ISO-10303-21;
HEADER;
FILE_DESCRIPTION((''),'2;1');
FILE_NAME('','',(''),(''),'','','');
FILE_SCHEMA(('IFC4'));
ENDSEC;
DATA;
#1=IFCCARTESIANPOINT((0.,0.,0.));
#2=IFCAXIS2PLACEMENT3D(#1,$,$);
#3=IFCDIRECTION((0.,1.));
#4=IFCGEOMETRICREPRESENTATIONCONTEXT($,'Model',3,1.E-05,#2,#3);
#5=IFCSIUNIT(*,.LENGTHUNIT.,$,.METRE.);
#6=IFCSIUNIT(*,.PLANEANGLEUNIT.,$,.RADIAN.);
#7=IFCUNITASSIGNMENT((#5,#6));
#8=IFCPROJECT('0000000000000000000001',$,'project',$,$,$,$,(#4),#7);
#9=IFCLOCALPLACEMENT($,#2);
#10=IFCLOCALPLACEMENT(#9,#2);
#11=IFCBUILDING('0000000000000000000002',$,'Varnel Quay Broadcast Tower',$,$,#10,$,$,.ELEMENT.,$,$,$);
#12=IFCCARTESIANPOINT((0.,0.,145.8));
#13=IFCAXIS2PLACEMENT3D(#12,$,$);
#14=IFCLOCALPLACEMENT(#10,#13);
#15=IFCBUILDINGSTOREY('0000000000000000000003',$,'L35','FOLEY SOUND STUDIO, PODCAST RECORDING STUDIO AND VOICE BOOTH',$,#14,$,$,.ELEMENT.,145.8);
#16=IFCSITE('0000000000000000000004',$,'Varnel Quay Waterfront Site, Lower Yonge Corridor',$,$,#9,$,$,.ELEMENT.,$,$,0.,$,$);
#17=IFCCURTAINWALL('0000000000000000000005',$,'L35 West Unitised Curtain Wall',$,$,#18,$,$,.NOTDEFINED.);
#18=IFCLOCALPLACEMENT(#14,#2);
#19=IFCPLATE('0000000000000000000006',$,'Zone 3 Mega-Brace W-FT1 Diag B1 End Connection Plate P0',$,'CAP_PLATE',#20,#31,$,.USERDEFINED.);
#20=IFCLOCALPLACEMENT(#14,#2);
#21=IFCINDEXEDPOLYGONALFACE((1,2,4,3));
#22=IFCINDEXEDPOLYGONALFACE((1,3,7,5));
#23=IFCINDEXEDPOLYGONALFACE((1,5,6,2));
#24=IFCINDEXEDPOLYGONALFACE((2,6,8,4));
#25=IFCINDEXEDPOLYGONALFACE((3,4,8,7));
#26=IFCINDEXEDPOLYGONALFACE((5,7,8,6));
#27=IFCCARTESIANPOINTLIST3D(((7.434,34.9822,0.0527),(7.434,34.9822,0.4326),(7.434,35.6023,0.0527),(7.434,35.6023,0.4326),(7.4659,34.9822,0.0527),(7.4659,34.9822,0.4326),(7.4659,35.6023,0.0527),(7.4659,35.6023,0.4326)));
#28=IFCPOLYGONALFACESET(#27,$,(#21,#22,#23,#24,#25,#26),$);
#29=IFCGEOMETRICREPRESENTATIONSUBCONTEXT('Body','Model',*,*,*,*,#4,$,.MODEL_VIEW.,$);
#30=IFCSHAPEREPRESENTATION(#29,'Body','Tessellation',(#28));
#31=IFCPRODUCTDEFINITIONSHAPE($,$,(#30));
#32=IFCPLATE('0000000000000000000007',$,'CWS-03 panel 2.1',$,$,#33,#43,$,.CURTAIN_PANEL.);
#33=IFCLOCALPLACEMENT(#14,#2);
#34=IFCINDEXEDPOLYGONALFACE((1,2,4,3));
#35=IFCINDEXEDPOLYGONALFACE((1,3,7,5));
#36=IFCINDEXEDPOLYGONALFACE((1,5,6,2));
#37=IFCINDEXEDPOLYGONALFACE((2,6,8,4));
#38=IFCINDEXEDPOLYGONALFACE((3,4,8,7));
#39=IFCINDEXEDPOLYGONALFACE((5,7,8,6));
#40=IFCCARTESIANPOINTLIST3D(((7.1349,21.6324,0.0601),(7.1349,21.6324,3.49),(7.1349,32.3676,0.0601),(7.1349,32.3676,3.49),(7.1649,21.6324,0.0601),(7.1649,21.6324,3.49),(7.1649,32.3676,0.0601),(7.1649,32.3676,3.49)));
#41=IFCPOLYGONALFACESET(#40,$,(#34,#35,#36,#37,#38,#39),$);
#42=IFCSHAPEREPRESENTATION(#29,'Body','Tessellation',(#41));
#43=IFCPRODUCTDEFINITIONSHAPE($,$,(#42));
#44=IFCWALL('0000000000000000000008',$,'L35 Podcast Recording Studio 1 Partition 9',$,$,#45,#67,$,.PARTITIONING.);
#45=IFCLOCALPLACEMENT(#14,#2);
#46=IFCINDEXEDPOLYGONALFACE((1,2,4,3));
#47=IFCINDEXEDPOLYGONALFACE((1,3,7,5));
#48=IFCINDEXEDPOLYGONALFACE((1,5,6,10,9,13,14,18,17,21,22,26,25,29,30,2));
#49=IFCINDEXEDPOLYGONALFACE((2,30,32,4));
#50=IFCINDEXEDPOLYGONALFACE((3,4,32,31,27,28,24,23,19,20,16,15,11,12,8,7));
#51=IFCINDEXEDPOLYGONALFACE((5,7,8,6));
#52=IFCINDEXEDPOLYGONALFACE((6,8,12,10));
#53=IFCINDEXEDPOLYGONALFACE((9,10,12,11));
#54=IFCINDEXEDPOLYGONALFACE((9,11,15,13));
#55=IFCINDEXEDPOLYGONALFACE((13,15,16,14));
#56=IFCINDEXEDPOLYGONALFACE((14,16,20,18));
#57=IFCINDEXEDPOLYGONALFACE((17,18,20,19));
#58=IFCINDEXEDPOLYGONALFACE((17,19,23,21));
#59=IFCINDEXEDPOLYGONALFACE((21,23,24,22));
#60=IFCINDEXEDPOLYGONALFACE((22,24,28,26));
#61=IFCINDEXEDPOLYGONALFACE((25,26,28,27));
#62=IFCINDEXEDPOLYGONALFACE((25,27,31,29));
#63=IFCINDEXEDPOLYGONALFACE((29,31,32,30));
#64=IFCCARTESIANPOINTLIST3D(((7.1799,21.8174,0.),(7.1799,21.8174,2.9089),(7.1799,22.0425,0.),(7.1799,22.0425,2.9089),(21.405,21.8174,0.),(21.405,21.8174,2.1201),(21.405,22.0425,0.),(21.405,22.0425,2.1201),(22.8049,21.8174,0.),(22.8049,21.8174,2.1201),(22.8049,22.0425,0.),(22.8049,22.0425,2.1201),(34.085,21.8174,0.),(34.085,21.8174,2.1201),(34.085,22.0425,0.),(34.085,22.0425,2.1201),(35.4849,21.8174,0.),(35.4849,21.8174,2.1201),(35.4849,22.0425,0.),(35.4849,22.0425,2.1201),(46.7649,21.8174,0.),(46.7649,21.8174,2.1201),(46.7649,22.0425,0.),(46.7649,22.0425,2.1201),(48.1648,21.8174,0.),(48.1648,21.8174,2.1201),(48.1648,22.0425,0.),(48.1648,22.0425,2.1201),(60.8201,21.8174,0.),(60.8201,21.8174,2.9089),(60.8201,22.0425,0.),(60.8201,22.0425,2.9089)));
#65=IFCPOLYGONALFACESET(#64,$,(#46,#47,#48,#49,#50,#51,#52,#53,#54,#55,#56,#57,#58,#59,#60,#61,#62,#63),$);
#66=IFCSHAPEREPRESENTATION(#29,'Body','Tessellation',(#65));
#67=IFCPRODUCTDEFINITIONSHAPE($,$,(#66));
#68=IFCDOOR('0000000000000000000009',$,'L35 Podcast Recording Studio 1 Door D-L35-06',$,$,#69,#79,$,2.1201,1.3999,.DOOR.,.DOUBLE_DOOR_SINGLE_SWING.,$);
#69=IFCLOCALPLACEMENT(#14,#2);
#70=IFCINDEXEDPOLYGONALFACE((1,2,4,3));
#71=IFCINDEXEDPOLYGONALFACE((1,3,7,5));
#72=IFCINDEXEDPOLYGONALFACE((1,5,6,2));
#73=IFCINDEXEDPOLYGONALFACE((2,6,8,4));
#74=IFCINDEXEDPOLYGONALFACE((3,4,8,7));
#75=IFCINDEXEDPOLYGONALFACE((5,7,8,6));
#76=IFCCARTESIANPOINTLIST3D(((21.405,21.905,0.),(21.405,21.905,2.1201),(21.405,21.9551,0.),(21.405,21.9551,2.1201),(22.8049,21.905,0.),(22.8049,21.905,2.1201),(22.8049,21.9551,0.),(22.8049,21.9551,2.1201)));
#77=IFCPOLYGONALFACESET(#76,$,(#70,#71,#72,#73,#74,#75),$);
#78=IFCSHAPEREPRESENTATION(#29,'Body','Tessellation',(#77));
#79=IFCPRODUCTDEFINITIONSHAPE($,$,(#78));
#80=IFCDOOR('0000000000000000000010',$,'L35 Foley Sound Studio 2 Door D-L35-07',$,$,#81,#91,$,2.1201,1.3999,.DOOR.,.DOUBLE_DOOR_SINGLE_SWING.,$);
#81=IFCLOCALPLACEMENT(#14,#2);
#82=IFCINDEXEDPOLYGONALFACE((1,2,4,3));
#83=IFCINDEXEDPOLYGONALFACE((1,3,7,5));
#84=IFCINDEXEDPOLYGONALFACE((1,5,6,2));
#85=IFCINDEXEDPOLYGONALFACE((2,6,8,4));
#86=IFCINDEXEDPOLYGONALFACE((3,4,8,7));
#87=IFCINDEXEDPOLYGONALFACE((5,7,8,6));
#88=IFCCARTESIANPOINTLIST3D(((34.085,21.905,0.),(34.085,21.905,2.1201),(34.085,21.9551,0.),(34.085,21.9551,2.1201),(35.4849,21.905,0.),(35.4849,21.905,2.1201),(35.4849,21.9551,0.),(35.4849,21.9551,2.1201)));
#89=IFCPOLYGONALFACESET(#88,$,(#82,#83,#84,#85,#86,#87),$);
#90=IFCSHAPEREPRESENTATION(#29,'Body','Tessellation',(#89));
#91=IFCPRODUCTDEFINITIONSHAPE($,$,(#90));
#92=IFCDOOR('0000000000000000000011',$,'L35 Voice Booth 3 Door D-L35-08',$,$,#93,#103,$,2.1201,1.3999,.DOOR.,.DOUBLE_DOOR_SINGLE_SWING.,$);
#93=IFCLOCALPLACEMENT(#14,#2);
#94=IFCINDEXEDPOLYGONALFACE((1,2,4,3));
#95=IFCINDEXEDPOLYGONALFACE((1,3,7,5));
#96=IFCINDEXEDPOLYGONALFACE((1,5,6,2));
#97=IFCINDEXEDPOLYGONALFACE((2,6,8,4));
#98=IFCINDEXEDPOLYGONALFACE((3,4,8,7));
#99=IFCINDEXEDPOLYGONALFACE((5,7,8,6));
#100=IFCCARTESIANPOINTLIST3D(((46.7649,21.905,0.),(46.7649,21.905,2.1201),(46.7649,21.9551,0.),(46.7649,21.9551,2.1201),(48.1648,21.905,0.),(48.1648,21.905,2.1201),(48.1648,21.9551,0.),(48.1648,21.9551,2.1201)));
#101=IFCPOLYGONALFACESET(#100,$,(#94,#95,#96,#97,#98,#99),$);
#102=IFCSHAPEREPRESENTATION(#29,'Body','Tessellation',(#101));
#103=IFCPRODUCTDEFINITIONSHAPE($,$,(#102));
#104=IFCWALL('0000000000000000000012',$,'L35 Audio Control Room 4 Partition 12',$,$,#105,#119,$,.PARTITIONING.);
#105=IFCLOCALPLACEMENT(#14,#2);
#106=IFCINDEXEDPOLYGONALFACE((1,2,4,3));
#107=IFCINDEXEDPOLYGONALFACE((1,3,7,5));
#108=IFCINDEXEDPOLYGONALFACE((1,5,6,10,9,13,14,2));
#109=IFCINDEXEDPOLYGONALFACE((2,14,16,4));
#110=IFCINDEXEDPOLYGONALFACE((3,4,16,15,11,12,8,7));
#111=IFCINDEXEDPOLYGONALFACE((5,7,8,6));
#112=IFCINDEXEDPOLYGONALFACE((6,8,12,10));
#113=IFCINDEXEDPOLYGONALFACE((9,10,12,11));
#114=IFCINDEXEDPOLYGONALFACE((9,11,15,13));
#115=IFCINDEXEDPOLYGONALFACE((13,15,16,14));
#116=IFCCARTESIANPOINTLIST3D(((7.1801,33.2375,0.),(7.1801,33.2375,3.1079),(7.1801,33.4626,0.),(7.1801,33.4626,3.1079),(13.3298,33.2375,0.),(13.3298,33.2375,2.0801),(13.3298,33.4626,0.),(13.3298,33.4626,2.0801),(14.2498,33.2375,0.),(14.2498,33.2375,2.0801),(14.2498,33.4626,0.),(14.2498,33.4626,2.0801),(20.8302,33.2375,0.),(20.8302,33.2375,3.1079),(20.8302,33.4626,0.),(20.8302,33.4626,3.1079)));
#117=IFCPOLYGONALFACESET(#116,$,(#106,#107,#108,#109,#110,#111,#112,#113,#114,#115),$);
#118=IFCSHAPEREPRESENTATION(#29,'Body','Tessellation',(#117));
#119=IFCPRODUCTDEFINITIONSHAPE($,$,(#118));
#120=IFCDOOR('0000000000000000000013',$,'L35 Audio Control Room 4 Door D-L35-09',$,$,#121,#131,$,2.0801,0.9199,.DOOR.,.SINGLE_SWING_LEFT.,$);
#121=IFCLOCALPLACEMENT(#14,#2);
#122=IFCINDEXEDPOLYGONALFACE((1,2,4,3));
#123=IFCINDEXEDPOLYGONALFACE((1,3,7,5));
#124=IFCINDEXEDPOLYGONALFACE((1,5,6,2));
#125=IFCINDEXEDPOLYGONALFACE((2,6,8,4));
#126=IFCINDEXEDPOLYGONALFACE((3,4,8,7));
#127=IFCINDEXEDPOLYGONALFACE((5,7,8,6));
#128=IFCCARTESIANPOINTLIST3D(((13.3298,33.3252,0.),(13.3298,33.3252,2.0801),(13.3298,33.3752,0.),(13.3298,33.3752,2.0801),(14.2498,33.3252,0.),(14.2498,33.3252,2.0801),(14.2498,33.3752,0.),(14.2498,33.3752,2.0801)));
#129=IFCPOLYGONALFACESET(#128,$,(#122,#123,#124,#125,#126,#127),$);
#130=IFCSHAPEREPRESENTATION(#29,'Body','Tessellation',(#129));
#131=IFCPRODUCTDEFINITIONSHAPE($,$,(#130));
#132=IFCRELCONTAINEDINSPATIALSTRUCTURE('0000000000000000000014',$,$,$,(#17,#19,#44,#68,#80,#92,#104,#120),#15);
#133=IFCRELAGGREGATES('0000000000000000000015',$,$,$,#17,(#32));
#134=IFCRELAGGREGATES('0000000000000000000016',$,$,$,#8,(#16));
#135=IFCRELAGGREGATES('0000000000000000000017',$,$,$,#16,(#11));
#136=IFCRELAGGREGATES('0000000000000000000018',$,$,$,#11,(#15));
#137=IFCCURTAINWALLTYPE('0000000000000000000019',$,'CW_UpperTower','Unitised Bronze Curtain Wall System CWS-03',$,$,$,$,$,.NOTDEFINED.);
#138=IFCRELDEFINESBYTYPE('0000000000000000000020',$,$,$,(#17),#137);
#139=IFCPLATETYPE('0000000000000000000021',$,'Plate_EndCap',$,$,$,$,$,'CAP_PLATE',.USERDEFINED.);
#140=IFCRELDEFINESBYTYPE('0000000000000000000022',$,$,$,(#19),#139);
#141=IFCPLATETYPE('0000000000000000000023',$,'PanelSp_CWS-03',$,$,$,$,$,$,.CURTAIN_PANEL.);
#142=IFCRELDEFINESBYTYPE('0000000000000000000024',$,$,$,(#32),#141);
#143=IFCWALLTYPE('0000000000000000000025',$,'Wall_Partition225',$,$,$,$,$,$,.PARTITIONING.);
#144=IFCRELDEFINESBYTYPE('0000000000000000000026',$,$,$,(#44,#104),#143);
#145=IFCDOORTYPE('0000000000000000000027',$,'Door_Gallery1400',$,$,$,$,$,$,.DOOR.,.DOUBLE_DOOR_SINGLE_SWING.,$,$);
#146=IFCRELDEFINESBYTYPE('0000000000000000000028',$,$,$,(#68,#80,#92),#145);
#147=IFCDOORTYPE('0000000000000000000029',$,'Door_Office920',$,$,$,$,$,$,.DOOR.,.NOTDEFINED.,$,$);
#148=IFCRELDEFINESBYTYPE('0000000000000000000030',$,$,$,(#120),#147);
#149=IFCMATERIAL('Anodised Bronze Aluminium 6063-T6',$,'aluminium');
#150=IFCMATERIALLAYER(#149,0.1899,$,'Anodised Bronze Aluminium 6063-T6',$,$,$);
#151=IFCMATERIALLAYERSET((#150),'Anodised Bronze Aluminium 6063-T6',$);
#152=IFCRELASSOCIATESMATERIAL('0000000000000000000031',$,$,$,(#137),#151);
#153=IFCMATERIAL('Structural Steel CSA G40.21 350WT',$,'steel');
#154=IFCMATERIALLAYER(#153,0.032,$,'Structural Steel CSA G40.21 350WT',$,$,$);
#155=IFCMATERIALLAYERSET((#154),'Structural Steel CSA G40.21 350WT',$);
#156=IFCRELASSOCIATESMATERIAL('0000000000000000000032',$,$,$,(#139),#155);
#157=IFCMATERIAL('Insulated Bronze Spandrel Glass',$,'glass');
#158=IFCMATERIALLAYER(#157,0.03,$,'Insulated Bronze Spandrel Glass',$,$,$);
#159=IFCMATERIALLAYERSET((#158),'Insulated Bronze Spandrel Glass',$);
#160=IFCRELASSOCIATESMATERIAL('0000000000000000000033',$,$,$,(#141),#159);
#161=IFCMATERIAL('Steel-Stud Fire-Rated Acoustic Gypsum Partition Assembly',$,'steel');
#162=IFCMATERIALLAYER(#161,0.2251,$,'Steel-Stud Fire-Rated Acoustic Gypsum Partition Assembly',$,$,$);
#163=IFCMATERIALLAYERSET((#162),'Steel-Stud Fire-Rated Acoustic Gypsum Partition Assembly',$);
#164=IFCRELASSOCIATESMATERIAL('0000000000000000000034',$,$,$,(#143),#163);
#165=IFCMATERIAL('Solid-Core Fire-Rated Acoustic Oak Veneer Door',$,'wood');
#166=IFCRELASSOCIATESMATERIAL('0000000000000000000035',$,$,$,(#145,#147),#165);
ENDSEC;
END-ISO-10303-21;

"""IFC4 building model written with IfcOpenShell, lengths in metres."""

from ifc_helpers import new_model, si_unit, direction, frame, frame_2d, origin, origin_2d, place, context, subcontext, project, spatial, rectangle, extrude, source, transform, mapped, material, layer, layer_set, type_object, type_shapes, element, fill, aggregate, save


model = new_model("IFC4")

# Units and contexts
model_context = context("Model", 3, precision=1e-05, world=origin(), true_north=direction((0.0, 1.0)))
body_context = subcontext(model_context, "Body", "Model", "MODEL_VIEW")
ifc_project = project(units=[si_unit("LENGTHUNIT", "METRE"), si_unit("PLANEANGLEUNIT", "RADIAN")], contexts=[model_context])

# Site, building, storey
site_placement = place(None, origin())
site = spatial("IfcSite", under=ifc_project, at=site_placement, Name="Varnel Quay Waterfront Site, Lower Yonge Corridor", CompositionType="ELEMENT", RefElevation=0.0)
building_placement = place(site_placement, origin())
building = spatial("IfcBuilding", under=site, at=building_placement, Name="Varnel Quay Broadcast Tower", CompositionType="ELEMENT")
storey_placement = place(building_placement, frame((0.0, 0.0, 145.8)))
storey = spatial("IfcBuildingStorey", under=building, at=storey_placement, Name="L35", Description="FOLEY SOUND STUDIO, PODCAST RECORDING STUDIO AND VOICE BOOTH", CompositionType="ELEMENT", Elevation=145.8)

# Shared definitions
ifc_material_1 = material(Name="Structural Steel CSA G40.21 350WT", Category="steel")

# Curtain wall
ifc_material_2 = material(Name="Anodised Bronze Aluminium 6063-T6", Category="aluminium")
ifc_layer_1 = layer(ifc_material_2, 0.1899, Name="Anodised Bronze Aluminium 6063-T6")
ifc_layer_set_1 = layer_set([ifc_layer_1], Name="Anodised Bronze Aluminium 6063-T6")
curtain_wall_type = type_object("IfcCurtainWallType", Name="CW_UpperTower", Description="Unitised Bronze Curtain Wall System CWS-03", PredefinedType="NOTDEFINED", material=ifc_layer_set_1)
curtain_wall_placement = place(storey_placement, origin())
curtain_wall = element("IfcCurtainWall", 1, at=curtain_wall_placement, inside=storey, type_object=curtain_wall_type, Name="L35 West Unitised Curtain Wall", PredefinedType="NOTDEFINED")

# Plates
ifc_layer_2 = layer(ifc_material_1, 0.032, Name="Structural Steel CSA G40.21 350WT")
ifc_layer_set_2 = layer_set([ifc_layer_2], Name="Structural Steel CSA G40.21 350WT")
plate_type_1 = type_object("IfcPlateType", Name="Plate_EndCap", ElementType="CAP_PLATE", PredefinedType="USERDEFINED", material=ifc_layer_set_2)
shared_shape_1 = source(origin(), body_context, "Body", "SweptSolid", [
    extrude(rectangle(XDim=0.6201, YDim=0.032, at=origin_2d()), origin(), (0.0, 0.0, 1.0), 0.3799),
])
type_shapes(plate_type_1, [shared_shape_1])
plate_1_placement = place(storey_placement, frame((7.45, 35.2922, 0.0527), z_axis=(0.0, 0.0, 1.0), x_axis=(0.0, 1.0, 0.0)))
element("IfcPlate", 2, at=plate_1_placement, inside=storey, type_object=plate_type_1, Name="Zone 3 Mega-Brace W-FT1 Diag B1 End Connection Plate P0", ObjectType="CAP_PLATE", PredefinedType="USERDEFINED", context=body_context, shape_type="MappedRepresentation", body=[
    mapped(shared_shape_1, transform((0.0, 0.0, 0.0), x_axis=(1.0, 0.0, 0.0), y_axis=(0.0, 1.0, 0.0), z_axis=(0.0, 0.0, 1.0), scale=1.0)),
])
ifc_material_3 = material(Name="Insulated Bronze Spandrel Glass", Category="glass")
ifc_layer_3 = layer(ifc_material_3, 0.03, Name="Insulated Bronze Spandrel Glass")
ifc_layer_set_3 = layer_set([ifc_layer_3], Name="Insulated Bronze Spandrel Glass")
plate_type_2 = type_object("IfcPlateType", Name="PanelSp_CWS-03", PredefinedType="CURTAIN_PANEL", material=ifc_layer_set_3)
shared_shape_2 = source(origin(), body_context, "Body", "SweptSolid", [
    extrude(rectangle(XDim=10.7351, YDim=0.03, at=origin_2d()), origin(), (0.0, 0.0, 1.0), 3.4299),
])
type_shapes(plate_type_2, [shared_shape_2])
plate_2_placement = place(storey_placement, frame((7.1499, 27.0, 0.0601), z_axis=(0.0, 0.0, 1.0), x_axis=(0.0, 1.0, 0.0)))
plate_2 = element("IfcPlate", 3, at=plate_2_placement, type_object=plate_type_2, Name="CWS-03 panel 2.1", PredefinedType="CURTAIN_PANEL", context=body_context, shape_type="MappedRepresentation", body=[
    mapped(shared_shape_2, transform((0.0, 0.0, 0.0), x_axis=(1.0, 0.0, 0.0), y_axis=(0.0, 1.0, 0.0), z_axis=(0.0, 0.0, 1.0), scale=1.0)),
])
aggregate(curtain_wall, [plate_2])

# Wall, openings, doors
ifc_material_4 = material(Name="Steel-Stud Fire-Rated Acoustic Gypsum Partition Assembly", Category="steel")
ifc_layer_4 = layer(ifc_material_4, 0.2251, Name="Steel-Stud Fire-Rated Acoustic Gypsum Partition Assembly")
ifc_layer_set_4 = layer_set([ifc_layer_4], Name="Steel-Stud Fire-Rated Acoustic Gypsum Partition Assembly")
wall_type = type_object("IfcWallType", Name="Wall_Partition225", PredefinedType="PARTITIONING", material=ifc_layer_set_4)
wall_1_placement = place(storey_placement, frame((7.1799, 21.9299, 0.0), z_axis=(0.0, 0.0, 1.0), x_axis=(1.0, 0.0, 0.0)))
wall_1 = element("IfcWall", 4, at=wall_1_placement, inside=storey, type_object=wall_type, Name="L35 Podcast Recording Studio 1 Partition 9", PredefinedType="PARTITIONING", context=body_context, shape_type="SweptSolid", body=[
    extrude(rectangle(XDim=53.6401, YDim=0.2251, at=frame_2d((26.8201, 0.0))), origin(), (0.0, 0.0, 1.0), 2.9089),
])
opening_1_placement = place(wall_1_placement, frame((14.2251, 0.0, 0.0)))
opening_1 = element("IfcOpeningElement", 5, at=opening_1_placement, cuts=wall_1, PredefinedType="OPENING", context=body_context, shape_type="SweptSolid", body=[
    extrude(rectangle(XDim=1.3999, YDim=2.1201, at=frame_2d((0.7, 1.0601))), frame((0.0, 0.1226, 0.0), z_axis=(0.0, -1.0, 0.0), x_axis=(1.0, 0.0, 0.0)), (0.0, 0.0, 1.0), 0.2451),
])
opening_2_placement = place(wall_1_placement, frame((26.905, 0.0, 0.0)))
opening_2 = element("IfcOpeningElement", 6, at=opening_2_placement, cuts=wall_1, PredefinedType="OPENING", context=body_context, shape_type="SweptSolid", body=[
    extrude(rectangle(XDim=1.3999, YDim=2.1201, at=frame_2d((0.7, 1.0601))), frame((0.0, 0.1226, 0.0), z_axis=(0.0, -1.0, 0.0), x_axis=(1.0, 0.0, 0.0)), (0.0, 0.0, 1.0), 0.2451),
])
opening_3_placement = place(wall_1_placement, frame((39.585, 0.0, 0.0)))
opening_3 = element("IfcOpeningElement", 7, at=opening_3_placement, cuts=wall_1, PredefinedType="OPENING", context=body_context, shape_type="SweptSolid", body=[
    extrude(rectangle(XDim=1.3999, YDim=2.1201, at=frame_2d((0.7, 1.0601))), frame((0.0, 0.1226, 0.0), z_axis=(0.0, -1.0, 0.0), x_axis=(1.0, 0.0, 0.0)), (0.0, 0.0, 1.0), 0.2451),
])
ifc_material_5 = material(Name="Solid-Core Fire-Rated Acoustic Oak Veneer Door", Category="wood")
door_type_1 = type_object("IfcDoorType", Name="Door_Gallery1400", OperationType="DOUBLE_DOOR_SINGLE_SWING", PredefinedType="DOOR", material=ifc_material_5)
shared_shape_3 = source(origin(), body_context, "Body", "SweptSolid", [
    extrude(rectangle(XDim=1.3999, YDim=2.1201, at=frame_2d((0.7, 1.0601))), frame((0.0, 0.0249, 0.0), z_axis=(0.0, -1.0, 0.0), x_axis=(1.0, 0.0, 0.0)), (0.0, 0.0, 1.0), 0.05),
])
type_shapes(door_type_1, [shared_shape_3])
door_1_placement = place(opening_1_placement, frame((1.3999, 0.0, 0.0), z_axis=(0.0, 0.0, 1.0), x_axis=(-1.0, 0.0, 0.0)))
door_1 = element("IfcDoor", 8, at=door_1_placement, inside=storey, type_object=door_type_1, Name="L35 Podcast Recording Studio 1 Door D-L35-06", OperationType="DOUBLE_DOOR_SINGLE_SWING", OverallHeight=2.1201, OverallWidth=1.3999, PredefinedType="DOOR", context=body_context, shape_type="MappedRepresentation", body=[
    mapped(shared_shape_3, transform((0.0, 0.0, 0.0), x_axis=(1.0, 0.0, 0.0), y_axis=(0.0, 1.0, 0.0), z_axis=(0.0, 0.0, 1.0), scale=1.0)),
])
fill(opening_1, door_1)
door_2_placement = place(opening_2_placement, frame((1.3999, 0.0, 0.0), z_axis=(0.0, 0.0, 1.0), x_axis=(-1.0, 0.0, 0.0)))
door_2 = element("IfcDoor", 9, at=door_2_placement, inside=storey, type_object=door_type_1, Name="L35 Foley Sound Studio 2 Door D-L35-07", OperationType="DOUBLE_DOOR_SINGLE_SWING", OverallHeight=2.1201, OverallWidth=1.3999, PredefinedType="DOOR", context=body_context, shape_type="MappedRepresentation", body=[
    mapped(shared_shape_3, transform((0.0, 0.0, 0.0), x_axis=(1.0, 0.0, 0.0), y_axis=(0.0, 1.0, 0.0), z_axis=(0.0, 0.0, 1.0), scale=1.0)),
])
fill(opening_2, door_2)
door_3_placement = place(opening_3_placement, frame((1.3999, 0.0, 0.0), z_axis=(0.0, 0.0, 1.0), x_axis=(-1.0, 0.0, 0.0)))
door_3 = element("IfcDoor", 10, at=door_3_placement, inside=storey, type_object=door_type_1, Name="L35 Voice Booth 3 Door D-L35-08", OperationType="DOUBLE_DOOR_SINGLE_SWING", OverallHeight=2.1201, OverallWidth=1.3999, PredefinedType="DOOR", context=body_context, shape_type="MappedRepresentation", body=[
    mapped(shared_shape_3, transform((0.0, 0.0, 0.0), x_axis=(1.0, 0.0, 0.0), y_axis=(0.0, 1.0, 0.0), z_axis=(0.0, 0.0, 1.0), scale=1.0)),
])
fill(opening_3, door_3)

# Wall, opening, door
wall_2_placement = place(storey_placement, frame((7.1799, 33.3501, 0.0), z_axis=(0.0, 0.0, 1.0), x_axis=(1.0, 0.0, 0.0)))
wall_2 = element("IfcWall", 11, at=wall_2_placement, inside=storey, type_object=wall_type, Name="L35 Audio Control Room 4 Partition 12", PredefinedType="PARTITIONING", context=body_context, shape_type="SweptSolid", body=[
    extrude(rectangle(XDim=13.6501, YDim=0.2251, at=frame_2d((6.8252, 0.0))), origin(), (0.0, 0.0, 1.0), 3.1079),
])
opening_4_placement = place(wall_2_placement, frame((6.1499, 0.0, 0.0)))
opening_4 = element("IfcOpeningElement", 12, at=opening_4_placement, cuts=wall_2, PredefinedType="OPENING", context=body_context, shape_type="SweptSolid", body=[
    extrude(rectangle(XDim=0.9199, YDim=2.0801, at=frame_2d((0.46, 1.04))), frame((0.0, 0.1226, 0.0), z_axis=(0.0, -1.0, 0.0), x_axis=(1.0, 0.0, 0.0)), (0.0, 0.0, 1.0), 0.2451),
])
door_type_2 = type_object("IfcDoorType", Name="Door_Office920", OperationType="NOTDEFINED", PredefinedType="DOOR", material=ifc_material_5)
shared_shape_4 = source(origin(), body_context, "Body", "SweptSolid", [
    extrude(rectangle(XDim=0.9199, YDim=2.0801, at=frame_2d((0.46, 1.04))), frame((0.0, 0.0249, 0.0), z_axis=(0.0, -1.0, 0.0), x_axis=(1.0, 0.0, 0.0)), (0.0, 0.0, 1.0), 0.05),
])
type_shapes(door_type_2, [shared_shape_4])
door_4_placement = place(opening_4_placement, frame((0.9199, 0.0, 0.0), z_axis=(0.0, 0.0, 1.0), x_axis=(-1.0, 0.0, 0.0)))
door_4 = element("IfcDoor", 13, at=door_4_placement, inside=storey, type_object=door_type_2, Name="L35 Audio Control Room 4 Door D-L35-09", OperationType="SINGLE_SWING_LEFT", OverallHeight=2.0801, OverallWidth=0.9199, PredefinedType="DOOR", context=body_context, shape_type="MappedRepresentation", body=[
    mapped(shared_shape_4, transform((0.0, 0.0, 0.0), x_axis=(1.0, 0.0, 0.0), y_axis=(0.0, 1.0, 0.0), z_axis=(0.0, 0.0, 1.0), scale=1.0)),
])
fill(opening_4, door_4)

save(model, "model.ifc")
